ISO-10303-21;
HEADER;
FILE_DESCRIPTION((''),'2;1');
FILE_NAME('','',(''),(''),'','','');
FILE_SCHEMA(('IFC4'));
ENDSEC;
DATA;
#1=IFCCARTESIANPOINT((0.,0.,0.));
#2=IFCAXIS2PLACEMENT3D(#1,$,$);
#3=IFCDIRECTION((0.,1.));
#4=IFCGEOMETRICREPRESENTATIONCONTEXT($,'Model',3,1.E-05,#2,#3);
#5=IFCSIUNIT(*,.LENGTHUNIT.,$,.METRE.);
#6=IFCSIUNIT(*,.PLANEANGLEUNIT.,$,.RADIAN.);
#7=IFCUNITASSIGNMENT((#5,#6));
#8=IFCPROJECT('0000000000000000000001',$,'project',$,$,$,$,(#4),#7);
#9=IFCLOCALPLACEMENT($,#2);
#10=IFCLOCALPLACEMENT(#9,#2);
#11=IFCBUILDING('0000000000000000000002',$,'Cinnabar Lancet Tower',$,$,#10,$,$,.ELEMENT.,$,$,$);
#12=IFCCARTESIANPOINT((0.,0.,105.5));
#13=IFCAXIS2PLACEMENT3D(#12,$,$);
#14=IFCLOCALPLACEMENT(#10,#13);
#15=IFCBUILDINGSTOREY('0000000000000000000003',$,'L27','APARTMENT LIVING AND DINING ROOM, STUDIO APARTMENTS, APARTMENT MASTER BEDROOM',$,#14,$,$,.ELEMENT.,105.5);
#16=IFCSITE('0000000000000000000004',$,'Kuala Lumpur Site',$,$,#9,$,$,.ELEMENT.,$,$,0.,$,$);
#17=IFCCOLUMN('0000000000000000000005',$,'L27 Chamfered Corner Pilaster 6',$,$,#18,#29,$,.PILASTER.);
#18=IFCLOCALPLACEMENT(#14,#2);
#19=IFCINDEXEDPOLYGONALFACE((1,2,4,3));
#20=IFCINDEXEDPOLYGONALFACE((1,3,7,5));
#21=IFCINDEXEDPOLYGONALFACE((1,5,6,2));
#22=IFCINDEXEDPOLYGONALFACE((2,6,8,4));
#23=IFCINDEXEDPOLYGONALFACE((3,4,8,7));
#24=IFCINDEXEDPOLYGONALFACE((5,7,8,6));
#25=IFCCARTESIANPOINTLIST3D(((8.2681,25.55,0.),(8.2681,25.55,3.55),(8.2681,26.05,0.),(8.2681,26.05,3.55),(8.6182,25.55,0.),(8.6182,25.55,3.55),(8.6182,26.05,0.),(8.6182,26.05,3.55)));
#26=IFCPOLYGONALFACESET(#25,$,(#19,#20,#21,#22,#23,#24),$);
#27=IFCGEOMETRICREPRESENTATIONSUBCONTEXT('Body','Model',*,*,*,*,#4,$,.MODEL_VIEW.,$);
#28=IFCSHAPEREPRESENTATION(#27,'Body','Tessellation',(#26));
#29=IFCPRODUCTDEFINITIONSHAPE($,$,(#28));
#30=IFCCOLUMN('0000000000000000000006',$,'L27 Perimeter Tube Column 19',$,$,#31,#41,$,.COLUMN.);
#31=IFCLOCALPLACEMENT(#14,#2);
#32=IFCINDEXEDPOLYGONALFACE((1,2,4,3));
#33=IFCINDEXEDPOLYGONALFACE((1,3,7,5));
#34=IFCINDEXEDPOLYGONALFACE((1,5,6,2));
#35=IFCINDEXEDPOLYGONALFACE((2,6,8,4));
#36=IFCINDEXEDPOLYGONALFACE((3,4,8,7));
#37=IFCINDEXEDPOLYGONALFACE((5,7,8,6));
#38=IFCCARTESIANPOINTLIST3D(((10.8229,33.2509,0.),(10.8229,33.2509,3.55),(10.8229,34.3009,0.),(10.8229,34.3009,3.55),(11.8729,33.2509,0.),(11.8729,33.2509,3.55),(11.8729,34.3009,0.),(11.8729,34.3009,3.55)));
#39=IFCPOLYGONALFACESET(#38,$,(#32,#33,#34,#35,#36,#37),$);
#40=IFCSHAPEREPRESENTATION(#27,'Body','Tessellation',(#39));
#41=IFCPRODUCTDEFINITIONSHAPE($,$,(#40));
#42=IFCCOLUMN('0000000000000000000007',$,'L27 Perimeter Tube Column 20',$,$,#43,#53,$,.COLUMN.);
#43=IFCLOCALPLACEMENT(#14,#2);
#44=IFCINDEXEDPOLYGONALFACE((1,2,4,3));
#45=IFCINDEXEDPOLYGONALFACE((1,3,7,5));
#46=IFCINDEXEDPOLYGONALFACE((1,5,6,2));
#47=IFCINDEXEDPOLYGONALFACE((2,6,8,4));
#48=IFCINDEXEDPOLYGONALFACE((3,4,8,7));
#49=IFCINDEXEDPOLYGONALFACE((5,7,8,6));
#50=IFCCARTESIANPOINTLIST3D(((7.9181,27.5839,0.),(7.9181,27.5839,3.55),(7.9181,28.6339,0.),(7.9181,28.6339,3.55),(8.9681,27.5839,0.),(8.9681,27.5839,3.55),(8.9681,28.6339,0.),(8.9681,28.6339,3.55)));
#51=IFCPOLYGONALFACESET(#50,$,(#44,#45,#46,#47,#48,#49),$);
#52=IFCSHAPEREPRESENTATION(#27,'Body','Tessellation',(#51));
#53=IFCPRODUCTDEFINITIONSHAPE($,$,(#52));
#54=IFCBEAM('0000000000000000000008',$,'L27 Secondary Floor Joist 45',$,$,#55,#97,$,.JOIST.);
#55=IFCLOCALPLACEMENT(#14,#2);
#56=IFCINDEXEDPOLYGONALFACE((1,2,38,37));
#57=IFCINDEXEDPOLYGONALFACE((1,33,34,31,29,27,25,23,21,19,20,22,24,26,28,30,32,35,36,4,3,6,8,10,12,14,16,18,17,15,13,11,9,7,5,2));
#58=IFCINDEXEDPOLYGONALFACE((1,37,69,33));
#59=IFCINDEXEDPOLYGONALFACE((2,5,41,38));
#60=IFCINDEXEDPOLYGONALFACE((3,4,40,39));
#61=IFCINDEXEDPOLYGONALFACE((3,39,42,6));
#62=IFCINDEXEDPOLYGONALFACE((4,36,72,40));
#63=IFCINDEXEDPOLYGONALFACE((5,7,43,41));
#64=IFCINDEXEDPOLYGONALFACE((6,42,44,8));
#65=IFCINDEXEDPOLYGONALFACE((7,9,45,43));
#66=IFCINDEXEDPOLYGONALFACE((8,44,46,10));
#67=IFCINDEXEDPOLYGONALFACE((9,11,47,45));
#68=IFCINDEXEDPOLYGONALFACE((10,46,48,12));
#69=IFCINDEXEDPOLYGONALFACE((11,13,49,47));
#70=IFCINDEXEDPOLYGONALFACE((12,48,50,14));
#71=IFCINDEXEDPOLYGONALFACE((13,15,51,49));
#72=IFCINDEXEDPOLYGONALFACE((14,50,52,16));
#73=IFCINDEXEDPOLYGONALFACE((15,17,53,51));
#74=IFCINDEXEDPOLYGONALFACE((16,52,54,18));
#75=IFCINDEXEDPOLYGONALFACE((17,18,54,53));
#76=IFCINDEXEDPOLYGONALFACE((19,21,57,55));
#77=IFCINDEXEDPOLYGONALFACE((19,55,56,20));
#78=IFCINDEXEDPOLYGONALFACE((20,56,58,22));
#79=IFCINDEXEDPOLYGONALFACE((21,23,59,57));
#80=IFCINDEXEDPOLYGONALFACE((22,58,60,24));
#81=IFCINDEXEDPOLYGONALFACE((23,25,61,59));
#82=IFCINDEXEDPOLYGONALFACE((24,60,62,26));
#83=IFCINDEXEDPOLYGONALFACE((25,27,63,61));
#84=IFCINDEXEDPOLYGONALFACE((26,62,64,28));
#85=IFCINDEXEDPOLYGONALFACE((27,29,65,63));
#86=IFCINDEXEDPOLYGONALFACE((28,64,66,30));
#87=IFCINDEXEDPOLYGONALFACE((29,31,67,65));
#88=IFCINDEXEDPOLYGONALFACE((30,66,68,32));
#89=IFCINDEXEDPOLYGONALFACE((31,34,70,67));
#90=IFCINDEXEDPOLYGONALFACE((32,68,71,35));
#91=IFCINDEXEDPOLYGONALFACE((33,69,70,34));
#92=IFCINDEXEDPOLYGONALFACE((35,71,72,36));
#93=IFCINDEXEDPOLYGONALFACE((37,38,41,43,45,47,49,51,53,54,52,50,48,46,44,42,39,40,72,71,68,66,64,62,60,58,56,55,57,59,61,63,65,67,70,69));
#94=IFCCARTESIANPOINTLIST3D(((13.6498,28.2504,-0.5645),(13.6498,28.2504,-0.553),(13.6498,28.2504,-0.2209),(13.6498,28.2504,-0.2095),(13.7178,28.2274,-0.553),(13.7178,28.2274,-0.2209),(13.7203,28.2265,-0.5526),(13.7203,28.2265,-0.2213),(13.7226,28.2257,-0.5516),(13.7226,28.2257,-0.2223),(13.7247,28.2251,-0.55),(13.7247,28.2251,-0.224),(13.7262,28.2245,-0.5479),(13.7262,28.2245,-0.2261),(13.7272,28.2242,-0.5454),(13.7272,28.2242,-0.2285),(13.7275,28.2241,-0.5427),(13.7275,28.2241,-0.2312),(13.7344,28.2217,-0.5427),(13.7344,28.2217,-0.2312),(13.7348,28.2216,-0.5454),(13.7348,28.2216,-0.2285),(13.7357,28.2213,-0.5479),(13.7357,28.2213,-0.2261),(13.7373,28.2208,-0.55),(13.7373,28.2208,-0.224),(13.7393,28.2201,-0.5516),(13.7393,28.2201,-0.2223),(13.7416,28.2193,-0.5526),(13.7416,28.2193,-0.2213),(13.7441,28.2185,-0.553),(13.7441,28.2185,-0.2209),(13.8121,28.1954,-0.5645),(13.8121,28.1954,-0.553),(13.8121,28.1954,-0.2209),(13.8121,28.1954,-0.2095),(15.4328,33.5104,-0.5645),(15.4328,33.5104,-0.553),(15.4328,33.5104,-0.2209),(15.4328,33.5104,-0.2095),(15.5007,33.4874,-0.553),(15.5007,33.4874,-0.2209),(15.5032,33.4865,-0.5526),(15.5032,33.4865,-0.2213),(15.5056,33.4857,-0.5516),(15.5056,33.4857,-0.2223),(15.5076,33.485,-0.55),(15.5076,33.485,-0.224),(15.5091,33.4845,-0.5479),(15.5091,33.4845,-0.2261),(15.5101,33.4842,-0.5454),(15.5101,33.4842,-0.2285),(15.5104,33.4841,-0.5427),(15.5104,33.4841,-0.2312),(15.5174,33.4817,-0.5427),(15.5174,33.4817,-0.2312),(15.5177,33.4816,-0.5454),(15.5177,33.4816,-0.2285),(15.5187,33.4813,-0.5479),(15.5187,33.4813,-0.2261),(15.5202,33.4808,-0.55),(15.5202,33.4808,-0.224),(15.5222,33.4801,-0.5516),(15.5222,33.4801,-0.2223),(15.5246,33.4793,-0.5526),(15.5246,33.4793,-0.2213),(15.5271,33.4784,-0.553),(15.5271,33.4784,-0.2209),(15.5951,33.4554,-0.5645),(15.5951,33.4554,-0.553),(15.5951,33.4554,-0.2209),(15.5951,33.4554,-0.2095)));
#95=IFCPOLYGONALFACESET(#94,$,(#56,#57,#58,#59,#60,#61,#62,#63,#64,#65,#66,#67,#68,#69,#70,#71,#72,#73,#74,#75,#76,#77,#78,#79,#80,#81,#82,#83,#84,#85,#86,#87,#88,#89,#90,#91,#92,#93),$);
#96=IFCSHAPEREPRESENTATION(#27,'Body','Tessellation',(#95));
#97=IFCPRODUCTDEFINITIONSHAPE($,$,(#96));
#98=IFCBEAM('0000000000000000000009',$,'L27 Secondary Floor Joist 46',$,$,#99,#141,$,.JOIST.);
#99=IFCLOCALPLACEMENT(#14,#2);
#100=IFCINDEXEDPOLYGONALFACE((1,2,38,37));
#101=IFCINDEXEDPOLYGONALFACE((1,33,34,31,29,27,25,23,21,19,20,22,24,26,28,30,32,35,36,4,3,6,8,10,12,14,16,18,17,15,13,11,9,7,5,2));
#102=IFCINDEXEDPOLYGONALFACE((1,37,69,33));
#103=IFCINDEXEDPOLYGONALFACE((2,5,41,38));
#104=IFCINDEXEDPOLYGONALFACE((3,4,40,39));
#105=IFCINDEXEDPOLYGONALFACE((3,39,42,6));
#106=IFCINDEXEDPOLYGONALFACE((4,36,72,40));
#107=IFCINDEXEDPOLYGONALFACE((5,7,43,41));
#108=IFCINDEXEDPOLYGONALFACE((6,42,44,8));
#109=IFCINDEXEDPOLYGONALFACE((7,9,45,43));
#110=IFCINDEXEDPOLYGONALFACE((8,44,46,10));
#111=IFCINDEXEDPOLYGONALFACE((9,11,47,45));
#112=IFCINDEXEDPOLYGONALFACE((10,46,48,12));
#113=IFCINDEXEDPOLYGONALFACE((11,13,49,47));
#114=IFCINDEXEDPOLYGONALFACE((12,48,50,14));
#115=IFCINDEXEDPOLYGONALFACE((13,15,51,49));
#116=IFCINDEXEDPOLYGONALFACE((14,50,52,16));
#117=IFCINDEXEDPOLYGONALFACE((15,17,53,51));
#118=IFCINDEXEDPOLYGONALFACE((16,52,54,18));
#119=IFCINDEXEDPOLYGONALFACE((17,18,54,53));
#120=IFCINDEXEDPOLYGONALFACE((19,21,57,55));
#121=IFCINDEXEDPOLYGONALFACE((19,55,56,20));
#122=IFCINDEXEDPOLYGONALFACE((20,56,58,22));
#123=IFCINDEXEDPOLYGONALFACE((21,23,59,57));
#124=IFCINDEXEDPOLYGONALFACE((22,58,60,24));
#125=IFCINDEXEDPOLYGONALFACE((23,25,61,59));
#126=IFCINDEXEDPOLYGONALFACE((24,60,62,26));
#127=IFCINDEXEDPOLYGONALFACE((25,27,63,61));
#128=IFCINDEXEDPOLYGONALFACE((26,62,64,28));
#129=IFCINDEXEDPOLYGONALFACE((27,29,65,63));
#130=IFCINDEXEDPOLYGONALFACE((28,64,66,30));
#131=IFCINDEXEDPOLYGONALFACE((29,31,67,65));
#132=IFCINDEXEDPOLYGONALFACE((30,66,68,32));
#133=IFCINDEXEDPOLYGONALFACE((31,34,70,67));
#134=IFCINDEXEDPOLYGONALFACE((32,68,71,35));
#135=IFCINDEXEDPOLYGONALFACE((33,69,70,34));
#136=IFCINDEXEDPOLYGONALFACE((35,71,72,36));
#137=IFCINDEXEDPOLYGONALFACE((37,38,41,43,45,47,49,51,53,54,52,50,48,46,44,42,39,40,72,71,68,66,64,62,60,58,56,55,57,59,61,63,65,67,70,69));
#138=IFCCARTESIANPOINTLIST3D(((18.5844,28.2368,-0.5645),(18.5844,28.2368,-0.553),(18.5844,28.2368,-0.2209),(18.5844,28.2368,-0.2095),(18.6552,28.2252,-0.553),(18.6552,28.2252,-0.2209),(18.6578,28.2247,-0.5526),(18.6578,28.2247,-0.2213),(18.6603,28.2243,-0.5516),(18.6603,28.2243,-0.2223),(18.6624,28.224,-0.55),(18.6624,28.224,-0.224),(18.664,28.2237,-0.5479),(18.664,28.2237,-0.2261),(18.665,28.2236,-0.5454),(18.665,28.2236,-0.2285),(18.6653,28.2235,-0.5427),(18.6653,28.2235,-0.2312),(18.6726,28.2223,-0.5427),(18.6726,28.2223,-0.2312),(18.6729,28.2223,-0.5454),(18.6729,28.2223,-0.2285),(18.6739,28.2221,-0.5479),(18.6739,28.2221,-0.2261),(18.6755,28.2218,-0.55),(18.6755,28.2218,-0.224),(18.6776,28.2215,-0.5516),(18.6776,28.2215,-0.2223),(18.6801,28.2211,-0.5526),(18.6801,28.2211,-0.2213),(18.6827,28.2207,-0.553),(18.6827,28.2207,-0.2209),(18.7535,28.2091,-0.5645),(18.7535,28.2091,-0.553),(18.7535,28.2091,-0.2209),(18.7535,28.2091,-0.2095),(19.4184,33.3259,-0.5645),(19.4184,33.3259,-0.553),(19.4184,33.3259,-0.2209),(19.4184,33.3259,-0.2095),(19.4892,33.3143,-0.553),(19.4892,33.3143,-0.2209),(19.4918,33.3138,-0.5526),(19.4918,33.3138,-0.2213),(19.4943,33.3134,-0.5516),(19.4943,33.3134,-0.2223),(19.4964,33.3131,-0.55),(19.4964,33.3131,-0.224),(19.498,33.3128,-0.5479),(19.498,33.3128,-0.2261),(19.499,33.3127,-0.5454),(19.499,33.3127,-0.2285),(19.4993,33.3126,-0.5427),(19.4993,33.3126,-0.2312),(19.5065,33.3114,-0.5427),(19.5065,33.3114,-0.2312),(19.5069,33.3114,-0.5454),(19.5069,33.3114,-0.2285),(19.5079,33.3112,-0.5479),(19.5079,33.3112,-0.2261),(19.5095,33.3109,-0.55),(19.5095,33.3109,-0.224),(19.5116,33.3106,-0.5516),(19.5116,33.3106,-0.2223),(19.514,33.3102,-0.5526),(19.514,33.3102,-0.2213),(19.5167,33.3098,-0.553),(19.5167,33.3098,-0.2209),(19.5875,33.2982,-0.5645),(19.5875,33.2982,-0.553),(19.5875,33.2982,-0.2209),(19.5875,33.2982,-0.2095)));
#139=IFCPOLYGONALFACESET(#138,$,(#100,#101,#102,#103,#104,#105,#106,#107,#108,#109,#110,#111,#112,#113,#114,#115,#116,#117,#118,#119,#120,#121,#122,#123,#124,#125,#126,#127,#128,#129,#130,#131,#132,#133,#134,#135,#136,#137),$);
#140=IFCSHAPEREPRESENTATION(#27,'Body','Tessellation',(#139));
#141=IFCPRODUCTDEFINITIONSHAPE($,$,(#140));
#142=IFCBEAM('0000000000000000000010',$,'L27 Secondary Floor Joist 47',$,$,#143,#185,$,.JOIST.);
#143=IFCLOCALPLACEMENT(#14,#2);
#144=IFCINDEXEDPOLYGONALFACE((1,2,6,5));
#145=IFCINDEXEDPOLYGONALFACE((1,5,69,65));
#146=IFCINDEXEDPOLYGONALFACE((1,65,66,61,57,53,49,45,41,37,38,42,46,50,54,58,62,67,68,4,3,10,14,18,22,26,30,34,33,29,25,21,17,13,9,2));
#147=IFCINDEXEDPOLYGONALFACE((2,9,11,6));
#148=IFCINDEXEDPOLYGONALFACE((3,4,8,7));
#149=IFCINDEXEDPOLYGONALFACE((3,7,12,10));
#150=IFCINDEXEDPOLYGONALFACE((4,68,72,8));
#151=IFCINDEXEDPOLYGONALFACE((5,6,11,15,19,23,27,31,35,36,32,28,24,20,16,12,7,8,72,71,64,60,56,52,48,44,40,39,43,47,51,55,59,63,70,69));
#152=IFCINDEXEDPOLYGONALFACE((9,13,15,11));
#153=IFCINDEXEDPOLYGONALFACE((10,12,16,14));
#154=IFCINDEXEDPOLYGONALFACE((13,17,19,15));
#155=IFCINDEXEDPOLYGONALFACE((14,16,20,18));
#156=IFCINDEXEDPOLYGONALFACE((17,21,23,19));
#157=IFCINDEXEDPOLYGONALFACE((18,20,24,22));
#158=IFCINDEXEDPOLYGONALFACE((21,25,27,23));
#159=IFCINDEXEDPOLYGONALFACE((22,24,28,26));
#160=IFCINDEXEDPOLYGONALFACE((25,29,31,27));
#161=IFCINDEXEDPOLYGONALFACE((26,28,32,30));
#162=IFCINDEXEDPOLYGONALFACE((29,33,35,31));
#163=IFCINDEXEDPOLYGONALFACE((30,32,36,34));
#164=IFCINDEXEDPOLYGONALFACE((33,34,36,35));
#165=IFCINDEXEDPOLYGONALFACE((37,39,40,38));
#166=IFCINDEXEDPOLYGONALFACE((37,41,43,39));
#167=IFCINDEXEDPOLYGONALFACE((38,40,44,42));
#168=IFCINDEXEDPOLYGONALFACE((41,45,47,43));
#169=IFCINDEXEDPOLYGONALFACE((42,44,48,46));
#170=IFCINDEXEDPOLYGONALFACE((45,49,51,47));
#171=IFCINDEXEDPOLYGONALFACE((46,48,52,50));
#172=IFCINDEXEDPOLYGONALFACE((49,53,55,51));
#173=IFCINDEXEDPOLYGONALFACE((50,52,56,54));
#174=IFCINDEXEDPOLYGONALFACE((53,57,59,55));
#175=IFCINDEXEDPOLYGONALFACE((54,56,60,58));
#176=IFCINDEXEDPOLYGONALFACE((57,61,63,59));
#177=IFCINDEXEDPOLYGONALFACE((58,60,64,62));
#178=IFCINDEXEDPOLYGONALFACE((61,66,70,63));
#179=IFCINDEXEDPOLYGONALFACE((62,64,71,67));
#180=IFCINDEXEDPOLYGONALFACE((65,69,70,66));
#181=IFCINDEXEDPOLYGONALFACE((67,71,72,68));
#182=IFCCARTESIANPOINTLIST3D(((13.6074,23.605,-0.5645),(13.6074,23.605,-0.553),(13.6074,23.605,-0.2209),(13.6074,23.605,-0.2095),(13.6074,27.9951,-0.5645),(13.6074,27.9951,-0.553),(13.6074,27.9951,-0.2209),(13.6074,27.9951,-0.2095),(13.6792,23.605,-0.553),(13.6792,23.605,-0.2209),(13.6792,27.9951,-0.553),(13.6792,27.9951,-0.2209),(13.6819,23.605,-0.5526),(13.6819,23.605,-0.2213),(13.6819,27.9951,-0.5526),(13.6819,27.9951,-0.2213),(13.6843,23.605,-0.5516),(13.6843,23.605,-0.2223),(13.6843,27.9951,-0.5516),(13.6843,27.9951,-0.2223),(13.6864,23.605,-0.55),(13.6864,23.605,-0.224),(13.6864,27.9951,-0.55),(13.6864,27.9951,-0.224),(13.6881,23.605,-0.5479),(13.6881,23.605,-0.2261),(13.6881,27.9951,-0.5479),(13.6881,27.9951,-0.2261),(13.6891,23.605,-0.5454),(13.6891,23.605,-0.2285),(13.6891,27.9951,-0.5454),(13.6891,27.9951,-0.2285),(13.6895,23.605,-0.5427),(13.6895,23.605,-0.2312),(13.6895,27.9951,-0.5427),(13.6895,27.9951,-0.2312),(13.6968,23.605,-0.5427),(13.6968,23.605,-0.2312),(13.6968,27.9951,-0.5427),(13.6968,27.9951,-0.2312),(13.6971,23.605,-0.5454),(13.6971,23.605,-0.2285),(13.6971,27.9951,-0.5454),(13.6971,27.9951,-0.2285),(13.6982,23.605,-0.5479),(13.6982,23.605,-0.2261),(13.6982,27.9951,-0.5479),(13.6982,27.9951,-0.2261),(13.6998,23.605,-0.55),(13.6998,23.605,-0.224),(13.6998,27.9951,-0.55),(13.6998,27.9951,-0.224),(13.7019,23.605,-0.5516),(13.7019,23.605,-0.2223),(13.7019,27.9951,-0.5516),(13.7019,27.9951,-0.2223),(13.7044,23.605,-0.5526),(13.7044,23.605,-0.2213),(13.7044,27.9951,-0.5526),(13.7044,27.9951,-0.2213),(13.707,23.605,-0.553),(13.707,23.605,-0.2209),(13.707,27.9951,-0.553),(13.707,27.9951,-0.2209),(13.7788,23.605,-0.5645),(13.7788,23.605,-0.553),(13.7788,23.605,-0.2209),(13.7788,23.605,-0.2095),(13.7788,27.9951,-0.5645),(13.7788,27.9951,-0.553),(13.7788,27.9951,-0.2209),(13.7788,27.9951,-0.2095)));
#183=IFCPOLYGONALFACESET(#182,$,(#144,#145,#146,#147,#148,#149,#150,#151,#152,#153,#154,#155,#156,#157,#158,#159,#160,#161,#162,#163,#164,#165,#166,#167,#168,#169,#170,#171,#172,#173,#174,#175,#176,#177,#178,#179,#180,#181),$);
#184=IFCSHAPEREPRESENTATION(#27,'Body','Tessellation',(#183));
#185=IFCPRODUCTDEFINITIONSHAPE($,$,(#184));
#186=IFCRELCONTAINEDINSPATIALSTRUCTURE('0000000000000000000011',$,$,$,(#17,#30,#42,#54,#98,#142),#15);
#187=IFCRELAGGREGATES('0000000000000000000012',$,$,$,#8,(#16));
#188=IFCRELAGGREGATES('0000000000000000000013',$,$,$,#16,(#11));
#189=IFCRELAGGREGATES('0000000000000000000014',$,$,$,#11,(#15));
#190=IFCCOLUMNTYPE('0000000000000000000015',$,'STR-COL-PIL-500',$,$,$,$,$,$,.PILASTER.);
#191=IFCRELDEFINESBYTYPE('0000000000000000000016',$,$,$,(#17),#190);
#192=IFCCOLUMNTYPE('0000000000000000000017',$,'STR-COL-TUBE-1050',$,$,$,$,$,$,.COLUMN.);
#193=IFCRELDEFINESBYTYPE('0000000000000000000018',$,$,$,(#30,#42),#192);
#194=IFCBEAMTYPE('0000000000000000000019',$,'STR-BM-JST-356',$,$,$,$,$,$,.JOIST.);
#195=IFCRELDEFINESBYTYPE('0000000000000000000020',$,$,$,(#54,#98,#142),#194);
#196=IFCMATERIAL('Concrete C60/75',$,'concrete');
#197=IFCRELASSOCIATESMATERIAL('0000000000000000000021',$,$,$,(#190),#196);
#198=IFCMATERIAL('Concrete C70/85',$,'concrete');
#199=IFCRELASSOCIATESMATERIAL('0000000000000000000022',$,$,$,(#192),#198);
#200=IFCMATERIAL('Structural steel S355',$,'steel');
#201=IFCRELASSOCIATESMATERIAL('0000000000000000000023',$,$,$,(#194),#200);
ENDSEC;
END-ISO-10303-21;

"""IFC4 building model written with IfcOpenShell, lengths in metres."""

from ifc_helpers import new_model, si_unit, direction, frame, origin, origin_2d, place, context, subcontext, project, spatial, rectangle, i_section, extrude, material, material_profile, profile_set, type_object, element, save


model = new_model("IFC4")

# Units and contexts
model_context = context("Model", 3, precision=1e-05, world=origin(), true_north=direction((0.0, 1.0)))
body_context = subcontext(model_context, "Body", "Model", "MODEL_VIEW")
ifc_project = project(units=[si_unit("LENGTHUNIT", "METRE"), si_unit("PLANEANGLEUNIT", "RADIAN")], contexts=[model_context])

# Site, building, storey
site_placement = place(None, origin())
site = spatial("IfcSite", under=ifc_project, at=site_placement, Name="Kuala Lumpur Site", CompositionType="ELEMENT", RefElevation=0.0)
building_placement = place(site_placement, origin())
building = spatial("IfcBuilding", under=site, at=building_placement, Name="Cinnabar Lancet Tower", CompositionType="ELEMENT")
storey_placement = place(building_placement, frame((0.0, 0.0, 105.5)))
storey = spatial("IfcBuildingStorey", under=building, at=storey_placement, Name="L27", Description="APARTMENT LIVING AND DINING ROOM, STUDIO APARTMENTS, APARTMENT MASTER BEDROOM", CompositionType="ELEMENT", Elevation=105.5)

# Columns
ifc_material_1 = material(Name="Concrete C60/75", Category="concrete")
ifc_material_profile_1 = material_profile(ifc_material_1, rectangle(XDim=0.5, YDim=0.3501, at=origin_2d()), Name="RC-PIL 500x350")
ifc_profile_set_1 = profile_set([ifc_material_profile_1], Name="Concrete C60/75")
column_type_1 = type_object("IfcColumnType", Name="STR-COL-PIL-500", PredefinedType="PILASTER", material=ifc_profile_set_1)
column_placement = place(storey_placement, frame((8.4431, 25.8, 0.0), z_axis=(0.0, 0.0, 1.0), x_axis=(0.0, -1.0, 0.0)))
element("IfcColumn", 1, at=column_placement, inside=storey, type_object=column_type_1, Name="L27 Chamfered Corner Pilaster 6", PredefinedType="PILASTER", context=body_context, shape_type="SweptSolid", body=[
    extrude(rectangle(XDim=0.5, YDim=0.3501, at=origin_2d()), origin(), (0.0, 0.0, 1.0), 3.55),
])
ifc_material_2 = material(Name="Concrete C70/85", Category="concrete")
ifc_material_profile_2 = material_profile(ifc_material_2, rectangle(XDim=1.05, YDim=1.05, at=origin_2d()), Name="RC-COL 1050x1050")
ifc_profile_set_2 = profile_set([ifc_material_profile_2], Name="Concrete C70/85")
column_type_2 = type_object("IfcColumnType", Name="STR-COL-TUBE-1050", PredefinedType="COLUMN", material=ifc_profile_set_2)
for number, where, z_axis, x_axis, name in (
    (2, (11.3479, 33.7759, 0.0), (0.0, 0.0, 1.0), (1.0, 0.0, 0.0), "L27 Perimeter Tube Column 19"),
    (3, (8.4431, 28.1089, 0.0), (0.0, 0.0, 1.0), (1.0, 0.0, 0.0), "L27 Perimeter Tube Column 20"),
):
    element("IfcColumn", number, at=place(storey_placement, frame(where, z_axis=z_axis, x_axis=x_axis)), inside=storey, type_object=column_type_2, Name=name, PredefinedType="COLUMN", context=body_context, shape_type="SweptSolid", body=[
        extrude(rectangle(XDim=1.05, YDim=1.05, at=origin_2d()), origin(), (0.0, 0.0, 1.0), 3.55),
    ])

# Beams
ifc_material_3 = material(Name="Structural steel S355", Category="steel")
ifc_material_profile_3 = material_profile(ifc_material_3, i_section(OverallWidth=0.1714, OverallDepth=0.355, WebThickness=0.0073, FlangeThickness=0.0115, FilletRadius=0.0103, at=origin_2d()), Name="UKB 356x171x51")
ifc_profile_set_3 = profile_set([ifc_material_profile_3], Name="Structural steel S355")
beam_type_1 = type_object("IfcBeamType", Name="STR-BM-JST-356", PredefinedType="JOIST", material=ifc_profile_set_3)
beam_1_placement = place(storey_placement, frame((15.5139, 33.4829, -0.387), z_axis=(-0.321024, -0.947071, 0.0), x_axis=(0.947071, -0.321024, 0.0)))
element("IfcBeam", 4, at=beam_1_placement, inside=storey, type_object=beam_type_1, Name="L27 Secondary Floor Joist 45", PredefinedType="JOIST", context=body_context, shape_type="SweptSolid", body=[
    extrude(i_section(OverallWidth=0.1714, OverallDepth=0.355, WebThickness=0.0073, FlangeThickness=0.0115, FilletRadius=0.0103, at=origin_2d()), origin(), (0.0, 0.0, 1.0), 5.554),
])
beam_2_placement = place(storey_placement, frame((19.5029, 33.312, -0.387), z_axis=(-0.161719, -0.986837, 0.0), x_axis=(0.986837, -0.161719, 0.0)))
element("IfcBeam", 5, at=beam_2_placement, inside=storey, type_object=beam_type_1, Name="L27 Secondary Floor Joist 46", PredefinedType="JOIST", context=body_context, shape_type="SweptSolid", body=[
    extrude(i_section(OverallWidth=0.1714, OverallDepth=0.355, WebThickness=0.0073, FlangeThickness=0.0115, FilletRadius=0.0103, at=origin_2d()), origin(), (0.0, 0.0, 1.0), 5.157),
])
for number, where, z_axis, x_axis, name in (
    (6, (13.6931, 27.9951, -0.387), (0.0, -1.0, 0.0), (1.0, 0.0, 0.0), "L27 Secondary Floor Joist 47"),
):
    element("IfcBeam", number, at=place(storey_placement, frame(where, z_axis=z_axis, x_axis=x_axis)), inside=storey, type_object=beam_type_1, Name=name, PredefinedType="JOIST", context=body_context, shape_type="SweptSolid", body=[
        extrude(i_section(OverallWidth=0.1714, OverallDepth=0.355, WebThickness=0.0073, FlangeThickness=0.0115, FilletRadius=0.0103, at=origin_2d()), origin(), (0.0, 0.0, 1.0), 4.3901),
    ])

save(model, "model.ifc")
